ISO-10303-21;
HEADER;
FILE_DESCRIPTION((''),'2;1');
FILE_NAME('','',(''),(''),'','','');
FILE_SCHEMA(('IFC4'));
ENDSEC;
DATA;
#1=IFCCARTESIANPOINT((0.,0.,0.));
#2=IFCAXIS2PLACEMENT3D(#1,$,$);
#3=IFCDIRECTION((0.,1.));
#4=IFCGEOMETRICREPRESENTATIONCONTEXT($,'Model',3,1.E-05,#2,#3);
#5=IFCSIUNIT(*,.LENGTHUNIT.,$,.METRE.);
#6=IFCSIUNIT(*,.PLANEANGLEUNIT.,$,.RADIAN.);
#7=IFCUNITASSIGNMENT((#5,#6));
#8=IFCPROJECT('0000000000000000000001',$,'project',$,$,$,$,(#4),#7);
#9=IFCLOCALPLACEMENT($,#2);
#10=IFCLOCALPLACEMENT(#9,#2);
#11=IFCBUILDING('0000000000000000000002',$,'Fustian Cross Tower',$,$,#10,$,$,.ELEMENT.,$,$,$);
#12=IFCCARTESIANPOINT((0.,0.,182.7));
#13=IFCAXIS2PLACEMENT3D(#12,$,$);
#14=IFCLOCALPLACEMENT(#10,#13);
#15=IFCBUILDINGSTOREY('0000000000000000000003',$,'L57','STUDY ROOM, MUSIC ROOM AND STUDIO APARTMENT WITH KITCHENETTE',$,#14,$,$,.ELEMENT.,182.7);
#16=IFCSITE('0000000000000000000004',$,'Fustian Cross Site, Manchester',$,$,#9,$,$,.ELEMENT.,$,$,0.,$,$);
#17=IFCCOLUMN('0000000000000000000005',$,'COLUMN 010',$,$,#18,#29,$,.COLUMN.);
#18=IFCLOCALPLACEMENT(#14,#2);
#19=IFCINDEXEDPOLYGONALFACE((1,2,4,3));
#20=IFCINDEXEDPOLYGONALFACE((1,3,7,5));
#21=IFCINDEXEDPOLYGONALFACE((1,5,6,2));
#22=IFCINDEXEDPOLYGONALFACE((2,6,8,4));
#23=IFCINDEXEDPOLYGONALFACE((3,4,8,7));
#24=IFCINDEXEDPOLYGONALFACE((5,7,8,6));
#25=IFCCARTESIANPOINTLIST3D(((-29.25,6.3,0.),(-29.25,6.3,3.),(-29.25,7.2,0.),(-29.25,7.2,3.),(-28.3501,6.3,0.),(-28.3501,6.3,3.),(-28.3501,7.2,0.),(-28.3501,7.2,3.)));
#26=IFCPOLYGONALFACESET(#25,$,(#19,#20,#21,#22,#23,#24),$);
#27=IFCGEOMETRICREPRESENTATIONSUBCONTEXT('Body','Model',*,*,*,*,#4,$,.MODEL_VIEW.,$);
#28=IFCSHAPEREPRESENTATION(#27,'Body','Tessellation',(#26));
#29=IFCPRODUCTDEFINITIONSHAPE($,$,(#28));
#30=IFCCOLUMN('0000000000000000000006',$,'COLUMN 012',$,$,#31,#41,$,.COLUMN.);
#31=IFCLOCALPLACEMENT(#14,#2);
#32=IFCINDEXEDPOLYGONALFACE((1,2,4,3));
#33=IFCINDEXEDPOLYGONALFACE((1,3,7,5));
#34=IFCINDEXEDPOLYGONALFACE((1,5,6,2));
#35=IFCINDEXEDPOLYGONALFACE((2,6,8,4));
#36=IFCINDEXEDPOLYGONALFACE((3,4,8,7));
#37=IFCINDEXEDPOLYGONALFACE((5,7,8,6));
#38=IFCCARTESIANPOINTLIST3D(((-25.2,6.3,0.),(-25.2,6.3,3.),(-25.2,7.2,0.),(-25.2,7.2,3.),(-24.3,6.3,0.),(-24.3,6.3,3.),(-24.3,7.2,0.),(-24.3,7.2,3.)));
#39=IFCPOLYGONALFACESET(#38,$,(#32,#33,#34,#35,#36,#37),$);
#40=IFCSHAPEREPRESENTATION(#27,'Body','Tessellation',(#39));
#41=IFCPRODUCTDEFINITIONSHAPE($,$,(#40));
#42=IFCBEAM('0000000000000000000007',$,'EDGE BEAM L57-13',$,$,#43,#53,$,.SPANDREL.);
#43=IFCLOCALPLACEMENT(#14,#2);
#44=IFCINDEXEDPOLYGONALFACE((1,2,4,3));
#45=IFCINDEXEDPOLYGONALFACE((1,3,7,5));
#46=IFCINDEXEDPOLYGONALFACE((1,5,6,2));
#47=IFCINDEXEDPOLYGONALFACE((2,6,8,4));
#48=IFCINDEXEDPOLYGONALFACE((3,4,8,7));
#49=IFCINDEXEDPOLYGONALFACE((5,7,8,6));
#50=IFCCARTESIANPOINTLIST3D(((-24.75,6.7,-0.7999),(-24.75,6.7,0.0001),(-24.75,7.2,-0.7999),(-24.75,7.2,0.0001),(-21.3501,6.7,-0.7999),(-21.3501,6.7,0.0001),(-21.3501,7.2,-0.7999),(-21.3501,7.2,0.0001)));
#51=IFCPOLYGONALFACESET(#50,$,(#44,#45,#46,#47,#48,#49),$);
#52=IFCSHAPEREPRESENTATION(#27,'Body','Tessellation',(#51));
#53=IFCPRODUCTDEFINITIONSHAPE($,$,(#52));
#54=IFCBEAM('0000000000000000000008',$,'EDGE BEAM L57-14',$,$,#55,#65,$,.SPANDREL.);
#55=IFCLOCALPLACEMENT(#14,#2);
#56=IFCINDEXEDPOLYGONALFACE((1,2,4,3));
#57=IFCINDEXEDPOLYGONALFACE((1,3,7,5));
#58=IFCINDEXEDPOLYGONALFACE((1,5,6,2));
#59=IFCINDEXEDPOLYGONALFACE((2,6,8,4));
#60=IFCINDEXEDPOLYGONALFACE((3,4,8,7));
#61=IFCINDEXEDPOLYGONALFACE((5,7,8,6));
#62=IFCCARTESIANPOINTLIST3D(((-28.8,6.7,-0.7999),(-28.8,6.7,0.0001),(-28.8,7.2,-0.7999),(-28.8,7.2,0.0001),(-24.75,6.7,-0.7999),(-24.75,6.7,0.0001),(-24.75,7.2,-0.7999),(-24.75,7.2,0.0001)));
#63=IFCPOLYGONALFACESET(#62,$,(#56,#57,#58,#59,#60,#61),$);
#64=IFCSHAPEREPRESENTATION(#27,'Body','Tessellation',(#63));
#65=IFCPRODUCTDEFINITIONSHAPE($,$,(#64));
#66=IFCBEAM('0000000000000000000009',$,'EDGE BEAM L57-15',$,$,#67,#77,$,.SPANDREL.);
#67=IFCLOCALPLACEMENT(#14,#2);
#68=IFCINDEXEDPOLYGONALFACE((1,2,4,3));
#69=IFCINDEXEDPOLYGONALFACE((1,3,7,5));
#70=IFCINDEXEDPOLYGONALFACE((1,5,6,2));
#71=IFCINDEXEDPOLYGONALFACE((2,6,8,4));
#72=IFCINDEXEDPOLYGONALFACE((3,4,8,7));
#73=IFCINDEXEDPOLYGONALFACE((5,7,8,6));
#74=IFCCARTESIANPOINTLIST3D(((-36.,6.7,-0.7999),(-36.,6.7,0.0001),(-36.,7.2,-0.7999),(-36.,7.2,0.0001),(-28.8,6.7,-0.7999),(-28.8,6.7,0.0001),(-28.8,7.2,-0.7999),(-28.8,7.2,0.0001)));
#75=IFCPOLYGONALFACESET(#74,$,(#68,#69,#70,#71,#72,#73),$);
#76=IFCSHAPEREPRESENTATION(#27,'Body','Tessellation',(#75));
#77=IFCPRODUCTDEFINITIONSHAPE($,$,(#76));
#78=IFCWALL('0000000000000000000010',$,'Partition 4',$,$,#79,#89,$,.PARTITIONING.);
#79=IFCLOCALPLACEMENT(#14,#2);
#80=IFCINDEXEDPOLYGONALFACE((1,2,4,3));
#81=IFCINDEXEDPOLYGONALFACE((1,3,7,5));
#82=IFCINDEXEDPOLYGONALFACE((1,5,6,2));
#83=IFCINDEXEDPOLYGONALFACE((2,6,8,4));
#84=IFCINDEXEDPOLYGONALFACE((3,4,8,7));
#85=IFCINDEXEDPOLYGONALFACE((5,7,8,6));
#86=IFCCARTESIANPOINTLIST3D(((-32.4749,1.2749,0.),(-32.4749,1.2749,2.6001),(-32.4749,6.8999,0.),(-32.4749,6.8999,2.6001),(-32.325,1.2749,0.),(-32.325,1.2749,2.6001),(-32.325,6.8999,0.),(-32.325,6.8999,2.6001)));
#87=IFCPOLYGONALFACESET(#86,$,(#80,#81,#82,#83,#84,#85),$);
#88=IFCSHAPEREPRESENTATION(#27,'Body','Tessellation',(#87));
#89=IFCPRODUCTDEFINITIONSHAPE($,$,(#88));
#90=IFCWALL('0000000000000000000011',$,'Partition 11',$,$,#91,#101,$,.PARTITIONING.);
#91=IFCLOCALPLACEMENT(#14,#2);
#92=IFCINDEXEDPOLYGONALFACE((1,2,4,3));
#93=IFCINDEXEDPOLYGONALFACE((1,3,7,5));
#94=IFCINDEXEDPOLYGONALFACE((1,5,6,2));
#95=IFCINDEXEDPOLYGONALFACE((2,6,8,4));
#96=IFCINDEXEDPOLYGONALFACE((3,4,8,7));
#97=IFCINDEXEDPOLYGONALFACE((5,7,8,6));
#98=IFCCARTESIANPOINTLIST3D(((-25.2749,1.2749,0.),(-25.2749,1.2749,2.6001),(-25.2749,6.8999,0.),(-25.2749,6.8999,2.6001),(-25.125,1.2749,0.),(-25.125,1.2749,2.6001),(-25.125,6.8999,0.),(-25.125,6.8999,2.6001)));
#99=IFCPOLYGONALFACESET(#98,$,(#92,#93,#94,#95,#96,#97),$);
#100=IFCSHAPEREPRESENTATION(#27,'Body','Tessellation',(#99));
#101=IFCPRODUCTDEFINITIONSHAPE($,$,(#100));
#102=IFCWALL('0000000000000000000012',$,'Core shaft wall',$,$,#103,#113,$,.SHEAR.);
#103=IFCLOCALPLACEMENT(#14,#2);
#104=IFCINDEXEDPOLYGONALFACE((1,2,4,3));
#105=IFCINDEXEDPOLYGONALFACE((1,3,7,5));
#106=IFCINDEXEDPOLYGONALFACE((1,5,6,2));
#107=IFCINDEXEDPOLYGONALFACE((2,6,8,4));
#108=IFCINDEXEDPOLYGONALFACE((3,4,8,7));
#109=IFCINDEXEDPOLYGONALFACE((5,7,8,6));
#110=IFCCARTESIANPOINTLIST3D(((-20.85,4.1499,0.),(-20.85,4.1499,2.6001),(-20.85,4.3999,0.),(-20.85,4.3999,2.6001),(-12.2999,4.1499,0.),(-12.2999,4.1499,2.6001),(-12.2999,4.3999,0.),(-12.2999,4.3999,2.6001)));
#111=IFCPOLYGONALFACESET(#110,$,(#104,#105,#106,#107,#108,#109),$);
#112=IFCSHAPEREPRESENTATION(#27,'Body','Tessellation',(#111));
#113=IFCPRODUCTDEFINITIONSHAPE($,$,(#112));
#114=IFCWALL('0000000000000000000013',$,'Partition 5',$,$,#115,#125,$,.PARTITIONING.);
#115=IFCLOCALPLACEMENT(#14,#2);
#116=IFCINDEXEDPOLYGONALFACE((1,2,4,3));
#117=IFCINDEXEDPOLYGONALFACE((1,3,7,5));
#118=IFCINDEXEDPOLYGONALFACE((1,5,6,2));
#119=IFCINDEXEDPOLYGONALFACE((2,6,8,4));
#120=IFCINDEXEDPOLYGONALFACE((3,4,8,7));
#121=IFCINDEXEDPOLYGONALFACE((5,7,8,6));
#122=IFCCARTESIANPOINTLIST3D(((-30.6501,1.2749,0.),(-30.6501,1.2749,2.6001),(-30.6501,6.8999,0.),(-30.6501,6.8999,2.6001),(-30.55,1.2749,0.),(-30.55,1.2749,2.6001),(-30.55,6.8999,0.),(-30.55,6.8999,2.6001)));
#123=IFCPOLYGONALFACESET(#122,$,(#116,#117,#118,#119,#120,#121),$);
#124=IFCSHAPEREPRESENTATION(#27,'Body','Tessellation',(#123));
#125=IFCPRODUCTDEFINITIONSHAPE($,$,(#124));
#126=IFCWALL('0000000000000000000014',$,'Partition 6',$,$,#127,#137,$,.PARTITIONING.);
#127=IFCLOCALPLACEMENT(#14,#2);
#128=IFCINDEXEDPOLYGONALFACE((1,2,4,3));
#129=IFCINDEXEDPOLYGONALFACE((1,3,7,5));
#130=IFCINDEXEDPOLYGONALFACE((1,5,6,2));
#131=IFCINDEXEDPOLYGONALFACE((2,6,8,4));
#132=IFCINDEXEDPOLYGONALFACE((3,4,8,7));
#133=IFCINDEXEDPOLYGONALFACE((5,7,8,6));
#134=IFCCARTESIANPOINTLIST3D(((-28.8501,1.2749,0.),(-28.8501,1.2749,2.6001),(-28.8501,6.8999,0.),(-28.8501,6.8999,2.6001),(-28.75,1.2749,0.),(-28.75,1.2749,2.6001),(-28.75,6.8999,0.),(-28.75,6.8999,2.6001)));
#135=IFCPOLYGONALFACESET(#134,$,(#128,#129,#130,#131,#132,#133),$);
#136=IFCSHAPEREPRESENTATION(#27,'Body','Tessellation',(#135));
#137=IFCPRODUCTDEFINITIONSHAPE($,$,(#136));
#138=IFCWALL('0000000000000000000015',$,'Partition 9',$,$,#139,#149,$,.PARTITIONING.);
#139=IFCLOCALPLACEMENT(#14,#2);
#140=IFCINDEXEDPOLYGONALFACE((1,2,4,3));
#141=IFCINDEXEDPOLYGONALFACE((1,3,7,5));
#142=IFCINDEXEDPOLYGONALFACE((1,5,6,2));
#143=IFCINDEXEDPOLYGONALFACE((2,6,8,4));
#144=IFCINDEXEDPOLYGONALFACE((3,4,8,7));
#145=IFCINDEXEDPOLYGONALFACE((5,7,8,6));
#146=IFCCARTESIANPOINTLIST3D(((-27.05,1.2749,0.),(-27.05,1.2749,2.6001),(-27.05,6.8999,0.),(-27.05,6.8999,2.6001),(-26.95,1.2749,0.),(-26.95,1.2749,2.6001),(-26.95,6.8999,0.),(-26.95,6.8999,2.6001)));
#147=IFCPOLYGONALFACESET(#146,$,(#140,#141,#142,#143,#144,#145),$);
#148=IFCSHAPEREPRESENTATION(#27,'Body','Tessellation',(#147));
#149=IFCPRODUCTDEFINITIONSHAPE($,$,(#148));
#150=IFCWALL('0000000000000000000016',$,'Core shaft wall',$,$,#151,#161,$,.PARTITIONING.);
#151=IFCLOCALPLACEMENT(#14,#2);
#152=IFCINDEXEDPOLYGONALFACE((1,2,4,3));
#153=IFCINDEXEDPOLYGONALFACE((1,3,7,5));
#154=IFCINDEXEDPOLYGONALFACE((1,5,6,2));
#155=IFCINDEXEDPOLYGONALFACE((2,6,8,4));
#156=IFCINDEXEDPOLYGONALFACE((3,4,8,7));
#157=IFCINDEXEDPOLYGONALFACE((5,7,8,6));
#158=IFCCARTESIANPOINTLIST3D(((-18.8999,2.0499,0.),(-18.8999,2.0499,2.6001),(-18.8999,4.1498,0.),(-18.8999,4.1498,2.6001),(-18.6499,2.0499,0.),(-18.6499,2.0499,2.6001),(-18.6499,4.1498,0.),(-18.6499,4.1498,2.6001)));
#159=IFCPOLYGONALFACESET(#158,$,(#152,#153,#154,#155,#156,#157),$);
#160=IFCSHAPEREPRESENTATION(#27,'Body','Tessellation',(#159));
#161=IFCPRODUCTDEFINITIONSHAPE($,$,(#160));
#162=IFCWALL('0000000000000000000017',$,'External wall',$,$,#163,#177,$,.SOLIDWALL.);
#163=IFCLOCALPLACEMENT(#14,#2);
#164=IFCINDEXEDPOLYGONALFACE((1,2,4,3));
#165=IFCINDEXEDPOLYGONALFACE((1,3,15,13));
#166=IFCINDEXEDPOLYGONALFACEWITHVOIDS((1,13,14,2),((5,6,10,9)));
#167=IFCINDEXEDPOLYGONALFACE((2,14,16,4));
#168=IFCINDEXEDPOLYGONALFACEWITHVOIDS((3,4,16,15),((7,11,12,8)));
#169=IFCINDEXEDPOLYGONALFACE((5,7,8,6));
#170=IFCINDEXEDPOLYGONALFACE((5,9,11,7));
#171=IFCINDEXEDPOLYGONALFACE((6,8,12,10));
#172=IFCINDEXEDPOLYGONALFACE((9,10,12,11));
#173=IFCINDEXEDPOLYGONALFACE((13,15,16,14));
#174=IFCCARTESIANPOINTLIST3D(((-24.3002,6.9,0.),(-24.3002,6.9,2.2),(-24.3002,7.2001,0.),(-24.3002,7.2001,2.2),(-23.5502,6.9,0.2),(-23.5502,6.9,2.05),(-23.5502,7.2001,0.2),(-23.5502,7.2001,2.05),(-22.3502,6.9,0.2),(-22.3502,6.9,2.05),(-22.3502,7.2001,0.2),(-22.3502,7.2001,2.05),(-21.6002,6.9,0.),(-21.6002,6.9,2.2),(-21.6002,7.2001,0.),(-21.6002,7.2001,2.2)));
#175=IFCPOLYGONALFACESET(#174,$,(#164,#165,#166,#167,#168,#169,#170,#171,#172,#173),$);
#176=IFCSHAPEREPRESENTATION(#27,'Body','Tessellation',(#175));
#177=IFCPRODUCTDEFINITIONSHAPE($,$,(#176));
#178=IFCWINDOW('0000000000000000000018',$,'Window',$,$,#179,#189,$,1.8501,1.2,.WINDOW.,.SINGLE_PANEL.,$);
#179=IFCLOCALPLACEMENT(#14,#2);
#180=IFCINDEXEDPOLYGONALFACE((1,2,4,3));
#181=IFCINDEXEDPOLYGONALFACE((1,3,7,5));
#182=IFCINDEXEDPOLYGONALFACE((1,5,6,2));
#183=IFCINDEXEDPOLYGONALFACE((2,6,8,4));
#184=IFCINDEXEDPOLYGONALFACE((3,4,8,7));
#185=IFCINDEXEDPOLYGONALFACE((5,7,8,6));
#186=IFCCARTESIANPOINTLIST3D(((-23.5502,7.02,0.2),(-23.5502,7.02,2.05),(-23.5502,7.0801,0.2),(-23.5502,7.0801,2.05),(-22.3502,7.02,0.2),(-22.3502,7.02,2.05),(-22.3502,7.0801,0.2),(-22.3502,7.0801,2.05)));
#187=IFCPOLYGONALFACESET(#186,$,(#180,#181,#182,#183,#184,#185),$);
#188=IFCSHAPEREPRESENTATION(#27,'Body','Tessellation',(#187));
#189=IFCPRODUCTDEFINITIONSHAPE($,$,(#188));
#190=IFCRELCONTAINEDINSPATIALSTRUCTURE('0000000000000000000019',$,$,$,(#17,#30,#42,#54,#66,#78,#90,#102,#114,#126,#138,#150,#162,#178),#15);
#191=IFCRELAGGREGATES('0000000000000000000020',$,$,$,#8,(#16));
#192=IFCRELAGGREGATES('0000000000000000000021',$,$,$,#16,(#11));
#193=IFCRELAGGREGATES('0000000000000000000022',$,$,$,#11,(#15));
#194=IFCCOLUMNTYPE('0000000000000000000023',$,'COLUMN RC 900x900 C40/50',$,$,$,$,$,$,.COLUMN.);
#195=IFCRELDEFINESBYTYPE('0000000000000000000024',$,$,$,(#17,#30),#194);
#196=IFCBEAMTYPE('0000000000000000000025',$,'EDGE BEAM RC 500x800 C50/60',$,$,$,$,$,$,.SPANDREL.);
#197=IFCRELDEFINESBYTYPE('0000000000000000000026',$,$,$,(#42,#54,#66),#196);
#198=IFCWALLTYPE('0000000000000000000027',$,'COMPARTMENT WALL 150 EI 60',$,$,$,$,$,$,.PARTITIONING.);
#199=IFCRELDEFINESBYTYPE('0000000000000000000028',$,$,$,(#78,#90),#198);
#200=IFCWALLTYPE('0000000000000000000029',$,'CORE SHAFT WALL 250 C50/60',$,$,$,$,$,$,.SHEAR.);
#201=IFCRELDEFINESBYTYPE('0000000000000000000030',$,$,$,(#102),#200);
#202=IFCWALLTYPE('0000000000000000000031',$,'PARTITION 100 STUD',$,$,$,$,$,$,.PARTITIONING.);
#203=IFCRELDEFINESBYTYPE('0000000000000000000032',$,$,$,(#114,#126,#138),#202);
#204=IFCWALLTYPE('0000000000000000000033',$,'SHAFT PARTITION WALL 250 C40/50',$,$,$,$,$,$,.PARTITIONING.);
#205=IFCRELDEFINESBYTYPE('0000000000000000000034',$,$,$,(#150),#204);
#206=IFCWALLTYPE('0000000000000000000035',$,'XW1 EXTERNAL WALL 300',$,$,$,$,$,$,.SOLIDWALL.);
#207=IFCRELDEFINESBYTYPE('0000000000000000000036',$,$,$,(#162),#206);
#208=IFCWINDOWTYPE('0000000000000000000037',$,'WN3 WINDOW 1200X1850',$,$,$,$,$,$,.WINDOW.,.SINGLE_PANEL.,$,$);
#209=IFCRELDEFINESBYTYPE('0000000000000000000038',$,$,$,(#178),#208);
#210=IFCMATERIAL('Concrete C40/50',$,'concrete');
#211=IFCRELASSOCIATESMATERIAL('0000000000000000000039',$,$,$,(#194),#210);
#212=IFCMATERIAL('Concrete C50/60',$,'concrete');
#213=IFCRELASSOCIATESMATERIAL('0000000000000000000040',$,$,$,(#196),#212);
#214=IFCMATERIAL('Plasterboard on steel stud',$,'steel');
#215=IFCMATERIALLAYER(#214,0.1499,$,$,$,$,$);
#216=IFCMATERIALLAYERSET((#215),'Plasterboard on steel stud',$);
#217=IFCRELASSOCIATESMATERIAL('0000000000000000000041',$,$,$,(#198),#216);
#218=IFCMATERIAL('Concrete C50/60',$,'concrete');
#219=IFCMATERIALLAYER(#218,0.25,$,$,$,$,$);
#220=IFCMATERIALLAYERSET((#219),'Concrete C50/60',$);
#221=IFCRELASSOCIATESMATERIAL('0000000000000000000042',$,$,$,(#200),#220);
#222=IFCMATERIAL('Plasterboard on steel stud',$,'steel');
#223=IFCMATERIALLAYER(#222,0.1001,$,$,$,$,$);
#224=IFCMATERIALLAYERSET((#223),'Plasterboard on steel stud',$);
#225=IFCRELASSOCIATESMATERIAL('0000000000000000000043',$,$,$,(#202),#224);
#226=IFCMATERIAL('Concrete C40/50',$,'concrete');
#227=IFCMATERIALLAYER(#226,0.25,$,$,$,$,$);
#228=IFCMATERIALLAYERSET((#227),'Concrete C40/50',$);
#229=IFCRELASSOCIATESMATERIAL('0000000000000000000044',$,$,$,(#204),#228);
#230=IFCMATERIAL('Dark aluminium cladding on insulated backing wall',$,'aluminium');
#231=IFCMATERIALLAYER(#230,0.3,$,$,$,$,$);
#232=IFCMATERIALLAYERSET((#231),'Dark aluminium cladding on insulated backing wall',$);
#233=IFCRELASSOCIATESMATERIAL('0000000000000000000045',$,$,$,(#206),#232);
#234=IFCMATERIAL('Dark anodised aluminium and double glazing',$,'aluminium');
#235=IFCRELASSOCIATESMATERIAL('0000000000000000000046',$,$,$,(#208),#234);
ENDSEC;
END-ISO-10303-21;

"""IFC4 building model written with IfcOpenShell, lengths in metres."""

from ifc_helpers import new_model, si_unit, direction, frame, frame_2d, origin, origin_2d, place, context, subcontext, project, spatial, rectangle, extrude, material, layer, layer_set, material_profile, profile_set, type_object, element, fill, save


model = new_model("IFC4")

# Units and contexts
model_context = context("Model", 3, precision=1e-05, world=origin(), true_north=direction((0.0, 1.0)))
body_context = subcontext(model_context, "Body", "Model", "MODEL_VIEW")
ifc_project = project(units=[si_unit("LENGTHUNIT", "METRE"), si_unit("PLANEANGLEUNIT", "RADIAN")], contexts=[model_context])

# Site, building, storey
site_placement = place(None, origin())
site = spatial("IfcSite", under=ifc_project, at=site_placement, Name="Fustian Cross Site, Manchester", CompositionType="ELEMENT", RefElevation=0.0)
building_placement = place(site_placement, origin())
building = spatial("IfcBuilding", under=site, at=building_placement, Name="Fustian Cross Tower", CompositionType="ELEMENT")
storey_placement = place(building_placement, frame((0.0, 0.0, 182.7)))
storey = spatial("IfcBuildingStorey", under=building, at=storey_placement, Name="L57", Description="STUDY ROOM, MUSIC ROOM AND STUDIO APARTMENT WITH KITCHENETTE", CompositionType="ELEMENT", Elevation=182.7)

# Columns
ifc_material_1 = material(Name="Concrete C40/50", Category="concrete")
ifc_material_profile_1 = material_profile(ifc_material_1, rectangle(XDim=0.8999, YDim=0.8999, at=origin_2d()), Name="RC 900x900")
ifc_profile_set_1 = profile_set([ifc_material_profile_1], Name="Concrete C40/50")
column_type = type_object("IfcColumnType", Name="COLUMN RC 900x900 C40/50", PredefinedType="COLUMN", material=ifc_profile_set_1)
for number, where, z_axis, x_axis, name in (
    (1, (-28.8, 6.75, 0.0), (0.0, 0.0, 1.0), (1.0, 0.0, 0.0), "COLUMN 010"),
    (2, (-24.75, 6.75, 0.0), (0.0, 0.0, 1.0), (1.0, 0.0, 0.0), "COLUMN 012"),
):
    element("IfcColumn", number, at=place(storey_placement, frame(where, z_axis=z_axis, x_axis=x_axis)), inside=storey, type_object=column_type, Name=name, PredefinedType="COLUMN", context=body_context, shape_type="SweptSolid", body=[
        extrude(rectangle(XDim=0.8999, YDim=0.8999, at=origin_2d()), origin(), (0.0, 0.0, 1.0), 3.0),
    ])

# Beams
ifc_material_2 = material(Name="Concrete C50/60", Category="concrete")
ifc_material_profile_2 = material_profile(ifc_material_2, rectangle(XDim=0.5, YDim=0.8, at=origin_2d()), Name="RC 500x800")
ifc_profile_set_2 = profile_set([ifc_material_profile_2], Name="Concrete C50/60")
beam_type = type_object("IfcBeamType", Name="EDGE BEAM RC 500x800 C50/60", PredefinedType="SPANDREL", material=ifc_profile_set_2)
beam_1_placement = place(storey_placement, frame((-21.3501, 6.95, -0.3999), z_axis=(-1.0, 0.0, 0.0), x_axis=(0.0, -1.0, 0.0)))
element("IfcBeam", 3, at=beam_1_placement, inside=storey, type_object=beam_type, Name="EDGE BEAM L57-13", PredefinedType="SPANDREL", context=body_context, shape_type="SweptSolid", body=[
    extrude(rectangle(XDim=0.5, YDim=0.8, at=origin_2d()), origin(), (0.0, 0.0, 1.0), 3.3999),
])
beam_2_placement = place(storey_placement, frame((-24.75, 6.95, -0.3999), z_axis=(-1.0, 0.0, 0.0), x_axis=(0.0, -1.0, 0.0)))
element("IfcBeam", 4, at=beam_2_placement, inside=storey, type_object=beam_type, Name="EDGE BEAM L57-14", PredefinedType="SPANDREL", context=body_context, shape_type="SweptSolid", body=[
    extrude(rectangle(XDim=0.5, YDim=0.8, at=origin_2d()), origin(), (0.0, 0.0, 1.0), 4.05),
])
beam_3_placement = place(storey_placement, frame((-28.8, 6.95, -0.3999), z_axis=(-1.0, 0.0, 0.0), x_axis=(0.0, -1.0, 0.0)))
element("IfcBeam", 5, at=beam_3_placement, inside=storey, type_object=beam_type, Name="EDGE BEAM L57-15", PredefinedType="SPANDREL", context=body_context, shape_type="SweptSolid", body=[
    extrude(rectangle(XDim=0.5, YDim=0.8, at=origin_2d()), origin(), (0.0, 0.0, 1.0), 7.2),
])

# Walls
ifc_material_3 = material(Name="Plasterboard on steel stud", Category="steel")
ifc_layer_1 = layer(ifc_material_3, 0.1499)
ifc_layer_set_1 = layer_set([ifc_layer_1], Name="Plasterboard on steel stud")
wall_type_1 = type_object("IfcWallType", Name="COMPARTMENT WALL 150 EI 60", PredefinedType="PARTITIONING", material=ifc_layer_set_1)
for number, where, z_axis, x_axis, name in (
    (6, (-32.3999, 1.2749, 0.0), (0.0, 0.0, 1.0), (0.0, 1.0, 0.0), "Partition 4"),
    (7, (-25.2, 1.2749, 0.0), (0.0, 0.0, 1.0), (0.0, 1.0, 0.0), "Partition 11"),
):
    element("IfcWall", number, at=place(storey_placement, frame(where, z_axis=z_axis, x_axis=x_axis)), inside=storey, type_object=wall_type_1, Name=name, PredefinedType="PARTITIONING", context=body_context, shape_type="SweptSolid", body=[
        extrude(rectangle(XDim=5.625, YDim=0.1499, at=frame_2d((2.8125, 0.0))), origin(), (0.0, 0.0, 1.0), 2.6001),
    ])
ifc_material_4 = material(Name="Concrete C50/60", Category="concrete")
ifc_layer_2 = layer(ifc_material_4, 0.25)
ifc_layer_set_2 = layer_set([ifc_layer_2], Name="Concrete C50/60")
wall_type_2 = type_object("IfcWallType", Name="CORE SHAFT WALL 250 C50/60", PredefinedType="SHEAR", material=ifc_layer_set_2)
wall_1_placement = place(storey_placement, frame((-12.3, 4.2749, 0.0), z_axis=(0.0, 0.0, 1.0), x_axis=(-1.0, 0.0, 0.0)))
element("IfcWall", 8, at=wall_1_placement, inside=storey, type_object=wall_type_2, Name="Core shaft wall", PredefinedType="SHEAR", context=body_context, shape_type="SweptSolid", body=[
    extrude(rectangle(XDim=8.55, YDim=0.25, at=frame_2d((4.2749, 0.0))), origin(), (0.0, 0.0, 1.0), 2.6001),
])
ifc_material_5 = material(Name="Plasterboard on steel stud", Category="steel")
ifc_layer_3 = layer(ifc_material_5, 0.1001)
ifc_layer_set_3 = layer_set([ifc_layer_3], Name="Plasterboard on steel stud")
wall_type_3 = type_object("IfcWallType", Name="PARTITION 100 STUD", PredefinedType="PARTITIONING", material=ifc_layer_set_3)
for number, where, z_axis, x_axis, name in (
    (9, (-30.6001, 1.2749, 0.0), (0.0, 0.0, 1.0), (0.0, 1.0, 0.0), "Partition 5"),
    (10, (-28.8, 1.2749, 0.0), (0.0, 0.0, 1.0), (0.0, 1.0, 0.0), "Partition 6"),
    (11, (-27.0, 1.2749, 0.0), (0.0, 0.0, 1.0), (0.0, 1.0, 0.0), "Partition 9"),
):
    element("IfcWall", number, at=place(storey_placement, frame(where, z_axis=z_axis, x_axis=x_axis)), inside=storey, type_object=wall_type_3, Name=name, PredefinedType="PARTITIONING", context=body_context, shape_type="SweptSolid", body=[
        extrude(rectangle(XDim=5.625, YDim=0.1001, at=frame_2d((2.8125, 0.0))), origin(), (0.0, 0.0, 1.0), 2.6001),
    ])
ifc_material_6 = material(Name="Concrete C40/50", Category="concrete")
ifc_layer_4 = layer(ifc_material_6, 0.25)
ifc_layer_set_4 = layer_set([ifc_layer_4], Name="Concrete C40/50")
wall_type_4 = type_object("IfcWallType", Name="SHAFT PARTITION WALL 250 C40/50", PredefinedType="PARTITIONING", material=ifc_layer_set_4)
wall_2_placement = place(storey_placement, frame((-18.7749, 2.05, 0.0), z_axis=(0.0, 0.0, 1.0), x_axis=(0.0, 1.0, 0.0)))
element("IfcWall", 12, at=wall_2_placement, inside=storey, type_object=wall_type_4, Name="Core shaft wall", PredefinedType="PARTITIONING", context=body_context, shape_type="SweptSolid", body=[
    extrude(rectangle(XDim=2.0999, YDim=0.25, at=frame_2d((1.0498, 0.0))), origin(), (0.0, 0.0, 1.0), 2.6001),
])

# Wall, opening, window
ifc_material_7 = material(Name="Dark aluminium cladding on insulated backing wall", Category="aluminium")
ifc_layer_5 = layer(ifc_material_7, 0.3)
ifc_layer_set_5 = layer_set([ifc_layer_5], Name="Dark aluminium cladding on insulated backing wall")
wall_type_5 = type_object("IfcWallType", Name="XW1 EXTERNAL WALL 300", PredefinedType="SOLIDWALL", material=ifc_layer_set_5)
wall_3_placement = place(storey_placement, frame((-21.6001, 7.05, 0.0), z_axis=(0.0, 0.0, 1.0), x_axis=(-1.0, 0.0, 0.0)))
wall_3 = element("IfcWall", 13, at=wall_3_placement, inside=storey, type_object=wall_type_5, Name="External wall", PredefinedType="SOLIDWALL", context=body_context, shape_type="SweptSolid", body=[
    extrude(rectangle(XDim=2.7, YDim=0.3, at=frame_2d((1.3501, 0.0))), origin(), (0.0, 0.0, 1.0), 2.2),
])
opening_placement = place(wall_3_placement, frame((0.75, 0.0, 0.2)))
opening = element("IfcOpeningElement", 14, at=opening_placement, cuts=wall_3, PredefinedType="OPENING", context=body_context, shape_type="SweptSolid", body=[
    extrude(rectangle(XDim=1.2, YDim=1.8501, at=frame_2d((0.6001, 0.925))), frame((0.0, 0.1599, 0.0), z_axis=(0.0, -1.0, 0.0), x_axis=(1.0, 0.0, 0.0)), (0.0, 0.0, 1.0), 0.3201),
])
ifc_material_8 = material(Name="Dark anodised aluminium and double glazing", Category="aluminium")
window_type = type_object("IfcWindowType", Name="WN3 WINDOW 1200X1850", PartitioningType="SINGLE_PANEL", PredefinedType="WINDOW", material=ifc_material_8)
window_placement = place(opening_placement, origin())
window = element("IfcWindow", 15, at=window_placement, inside=storey, type_object=window_type, Name="Window", OverallHeight=1.8501, OverallWidth=1.2, PartitioningType="SINGLE_PANEL", PredefinedType="WINDOW", context=body_context, shape_type="SweptSolid", body=[
    extrude(rectangle(XDim=1.2, YDim=1.8501, at=frame_2d((0.6001, 0.925))), frame((0.0, 0.03, 0.0), z_axis=(0.0, -1.0, 0.0), x_axis=(1.0, 0.0, 0.0)), (0.0, 0.0, 1.0), 0.0601),
])
fill(opening, window)

save(model, "model.ifc")
